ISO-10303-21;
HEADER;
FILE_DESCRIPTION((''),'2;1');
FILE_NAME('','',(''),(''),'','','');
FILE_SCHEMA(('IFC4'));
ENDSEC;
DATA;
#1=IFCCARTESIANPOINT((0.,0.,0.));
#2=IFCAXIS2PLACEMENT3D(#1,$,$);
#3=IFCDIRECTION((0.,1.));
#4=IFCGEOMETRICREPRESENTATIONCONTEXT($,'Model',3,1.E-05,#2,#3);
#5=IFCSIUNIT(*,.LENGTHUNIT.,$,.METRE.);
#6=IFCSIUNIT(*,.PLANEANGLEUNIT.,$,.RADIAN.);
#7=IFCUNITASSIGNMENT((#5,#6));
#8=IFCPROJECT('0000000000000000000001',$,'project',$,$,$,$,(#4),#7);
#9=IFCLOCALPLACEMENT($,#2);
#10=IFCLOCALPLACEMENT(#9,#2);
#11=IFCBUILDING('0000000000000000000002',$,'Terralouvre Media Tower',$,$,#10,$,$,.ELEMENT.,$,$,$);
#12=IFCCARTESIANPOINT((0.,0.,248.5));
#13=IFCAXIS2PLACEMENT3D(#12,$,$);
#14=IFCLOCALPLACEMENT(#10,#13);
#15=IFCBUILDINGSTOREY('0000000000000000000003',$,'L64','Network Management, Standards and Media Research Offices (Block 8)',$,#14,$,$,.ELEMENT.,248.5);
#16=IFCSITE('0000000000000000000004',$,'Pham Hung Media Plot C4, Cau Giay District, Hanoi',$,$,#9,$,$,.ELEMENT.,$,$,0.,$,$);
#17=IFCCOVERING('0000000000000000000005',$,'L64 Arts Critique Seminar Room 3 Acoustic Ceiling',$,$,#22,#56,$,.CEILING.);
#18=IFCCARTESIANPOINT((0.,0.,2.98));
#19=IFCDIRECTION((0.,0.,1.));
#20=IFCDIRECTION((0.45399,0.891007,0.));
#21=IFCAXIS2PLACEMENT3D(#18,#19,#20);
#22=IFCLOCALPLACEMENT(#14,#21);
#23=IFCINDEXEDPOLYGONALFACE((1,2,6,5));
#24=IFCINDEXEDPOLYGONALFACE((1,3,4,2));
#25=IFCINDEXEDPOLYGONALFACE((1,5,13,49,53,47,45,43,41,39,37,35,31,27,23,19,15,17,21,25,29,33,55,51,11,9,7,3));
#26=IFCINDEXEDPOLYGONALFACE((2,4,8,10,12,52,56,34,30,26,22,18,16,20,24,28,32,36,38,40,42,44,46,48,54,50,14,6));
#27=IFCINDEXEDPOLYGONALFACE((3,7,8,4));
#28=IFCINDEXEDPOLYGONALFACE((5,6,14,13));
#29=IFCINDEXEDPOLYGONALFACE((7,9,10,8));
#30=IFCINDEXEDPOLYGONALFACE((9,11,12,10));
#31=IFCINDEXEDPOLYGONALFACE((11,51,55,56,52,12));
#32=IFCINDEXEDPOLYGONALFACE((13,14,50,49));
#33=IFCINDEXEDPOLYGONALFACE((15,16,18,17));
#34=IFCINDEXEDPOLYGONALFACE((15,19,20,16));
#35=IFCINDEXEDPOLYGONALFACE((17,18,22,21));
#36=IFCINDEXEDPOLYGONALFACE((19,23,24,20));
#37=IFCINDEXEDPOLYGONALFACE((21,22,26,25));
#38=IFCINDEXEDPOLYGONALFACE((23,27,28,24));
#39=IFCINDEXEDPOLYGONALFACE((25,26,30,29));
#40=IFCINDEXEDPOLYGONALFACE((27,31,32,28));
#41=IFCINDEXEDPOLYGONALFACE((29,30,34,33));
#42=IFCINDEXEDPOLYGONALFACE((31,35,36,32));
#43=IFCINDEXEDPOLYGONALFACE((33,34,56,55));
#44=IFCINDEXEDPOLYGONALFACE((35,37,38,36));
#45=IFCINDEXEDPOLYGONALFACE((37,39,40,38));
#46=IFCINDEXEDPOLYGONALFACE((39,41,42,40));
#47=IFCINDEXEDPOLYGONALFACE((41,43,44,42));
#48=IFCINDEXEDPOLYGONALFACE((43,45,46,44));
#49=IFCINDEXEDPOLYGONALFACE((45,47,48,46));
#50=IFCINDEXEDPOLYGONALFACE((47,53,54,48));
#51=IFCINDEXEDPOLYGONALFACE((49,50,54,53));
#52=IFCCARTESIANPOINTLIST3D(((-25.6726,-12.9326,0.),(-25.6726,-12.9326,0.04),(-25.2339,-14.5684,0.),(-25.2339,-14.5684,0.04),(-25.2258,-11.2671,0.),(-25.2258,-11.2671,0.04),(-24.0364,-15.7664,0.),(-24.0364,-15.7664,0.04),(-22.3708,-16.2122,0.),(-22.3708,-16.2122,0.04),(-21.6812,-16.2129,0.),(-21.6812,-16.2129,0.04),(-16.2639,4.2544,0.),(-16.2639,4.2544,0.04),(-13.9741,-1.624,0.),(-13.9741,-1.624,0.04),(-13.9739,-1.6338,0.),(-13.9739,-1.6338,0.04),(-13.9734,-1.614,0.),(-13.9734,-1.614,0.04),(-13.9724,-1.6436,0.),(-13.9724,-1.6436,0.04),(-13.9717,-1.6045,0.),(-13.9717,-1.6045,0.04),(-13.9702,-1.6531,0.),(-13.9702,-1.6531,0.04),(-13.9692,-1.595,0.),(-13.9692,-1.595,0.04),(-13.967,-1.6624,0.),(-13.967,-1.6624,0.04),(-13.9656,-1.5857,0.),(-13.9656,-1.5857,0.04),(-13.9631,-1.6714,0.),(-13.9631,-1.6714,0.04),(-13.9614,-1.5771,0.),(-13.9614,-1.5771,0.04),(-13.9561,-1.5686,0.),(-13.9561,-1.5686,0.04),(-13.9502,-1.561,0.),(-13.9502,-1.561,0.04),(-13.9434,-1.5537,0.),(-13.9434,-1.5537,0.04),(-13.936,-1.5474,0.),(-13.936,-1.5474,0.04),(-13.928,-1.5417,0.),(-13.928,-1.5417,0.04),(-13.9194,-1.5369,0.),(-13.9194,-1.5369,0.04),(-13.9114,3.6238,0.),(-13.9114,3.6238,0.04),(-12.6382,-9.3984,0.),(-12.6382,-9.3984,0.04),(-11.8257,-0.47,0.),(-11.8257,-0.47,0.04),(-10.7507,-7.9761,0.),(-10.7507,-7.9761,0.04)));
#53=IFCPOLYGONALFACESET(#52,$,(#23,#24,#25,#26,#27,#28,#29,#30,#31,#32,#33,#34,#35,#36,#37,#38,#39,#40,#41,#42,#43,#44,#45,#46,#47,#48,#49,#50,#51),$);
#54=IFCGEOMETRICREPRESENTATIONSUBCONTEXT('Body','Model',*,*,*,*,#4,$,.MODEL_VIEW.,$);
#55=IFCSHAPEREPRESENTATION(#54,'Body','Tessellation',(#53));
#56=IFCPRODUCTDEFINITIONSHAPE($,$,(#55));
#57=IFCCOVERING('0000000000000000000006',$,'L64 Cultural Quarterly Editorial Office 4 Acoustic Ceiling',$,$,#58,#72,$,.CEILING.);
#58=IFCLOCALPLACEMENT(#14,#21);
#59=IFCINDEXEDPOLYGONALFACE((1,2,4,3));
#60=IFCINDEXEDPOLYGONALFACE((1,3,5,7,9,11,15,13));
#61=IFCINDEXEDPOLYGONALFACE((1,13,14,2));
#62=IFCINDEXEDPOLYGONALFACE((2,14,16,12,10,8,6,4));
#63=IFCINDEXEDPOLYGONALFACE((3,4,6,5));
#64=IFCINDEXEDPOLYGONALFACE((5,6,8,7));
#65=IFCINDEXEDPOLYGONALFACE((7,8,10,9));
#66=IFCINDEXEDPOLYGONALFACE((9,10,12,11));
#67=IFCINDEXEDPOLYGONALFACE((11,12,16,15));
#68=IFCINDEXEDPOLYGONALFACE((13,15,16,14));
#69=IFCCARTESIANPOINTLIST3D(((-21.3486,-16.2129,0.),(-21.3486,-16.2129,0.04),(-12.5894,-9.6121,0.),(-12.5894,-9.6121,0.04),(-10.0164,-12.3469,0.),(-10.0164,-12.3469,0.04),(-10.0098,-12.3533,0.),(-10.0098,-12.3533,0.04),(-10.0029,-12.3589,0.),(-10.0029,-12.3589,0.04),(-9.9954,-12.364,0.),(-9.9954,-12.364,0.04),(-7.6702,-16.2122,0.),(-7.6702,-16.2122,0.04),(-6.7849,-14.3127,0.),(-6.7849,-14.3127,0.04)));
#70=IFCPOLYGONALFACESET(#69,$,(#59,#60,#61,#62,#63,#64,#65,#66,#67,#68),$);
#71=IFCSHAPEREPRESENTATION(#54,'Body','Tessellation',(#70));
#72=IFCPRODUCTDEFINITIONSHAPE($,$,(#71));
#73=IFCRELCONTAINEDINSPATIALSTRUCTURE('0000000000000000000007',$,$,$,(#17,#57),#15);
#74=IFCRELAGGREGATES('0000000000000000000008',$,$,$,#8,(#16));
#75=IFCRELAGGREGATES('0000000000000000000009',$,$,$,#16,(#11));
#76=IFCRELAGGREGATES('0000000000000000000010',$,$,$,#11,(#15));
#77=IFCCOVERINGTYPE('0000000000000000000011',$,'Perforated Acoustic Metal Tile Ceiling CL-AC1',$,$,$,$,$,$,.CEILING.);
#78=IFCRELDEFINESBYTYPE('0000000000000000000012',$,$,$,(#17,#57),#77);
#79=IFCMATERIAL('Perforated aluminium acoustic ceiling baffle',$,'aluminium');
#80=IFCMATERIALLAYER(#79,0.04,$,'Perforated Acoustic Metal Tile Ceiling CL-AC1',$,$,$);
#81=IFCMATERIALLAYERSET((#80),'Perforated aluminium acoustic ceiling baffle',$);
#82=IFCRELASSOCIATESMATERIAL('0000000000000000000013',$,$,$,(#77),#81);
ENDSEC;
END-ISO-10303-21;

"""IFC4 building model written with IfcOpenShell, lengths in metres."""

from ifc_helpers import new_model, si_unit, direction, frame, origin, place, context, subcontext, project, spatial, polyline, outline, extrude, material, layer, layer_set, type_object, element, save


model = new_model("IFC4")

# Units and contexts
model_context = context("Model", 3, precision=1e-05, world=origin(), true_north=direction((0.0, 1.0)))
body_context = subcontext(model_context, "Body", "Model", "MODEL_VIEW")
ifc_project = project(units=[si_unit("LENGTHUNIT", "METRE"), si_unit("PLANEANGLEUNIT", "RADIAN")], contexts=[model_context])

# Site, building, storey
site_placement = place(None, origin())
site = spatial("IfcSite", under=ifc_project, at=site_placement, Name="Pham Hung Media Plot C4, Cau Giay District, Hanoi", CompositionType="ELEMENT", RefElevation=0.0)
building_placement = place(site_placement, origin())
building = spatial("IfcBuilding", under=site, at=building_placement, Name="Terralouvre Media Tower", CompositionType="ELEMENT")
storey_placement = place(building_placement, frame((0.0, 0.0, 248.5)))
storey = spatial("IfcBuildingStorey", under=building, at=storey_placement, Name="L64", Description="Network Management, Standards and Media Research Offices (Block 8)", CompositionType="ELEMENT", Elevation=248.5)

# Coverings
ifc_material_1 = material(Name="Perforated aluminium acoustic ceiling baffle", Category="aluminium")
ifc_layer_1 = layer(ifc_material_1, 0.04, Name="Perforated Acoustic Metal Tile Ceiling CL-AC1")
ifc_layer_set_1 = layer_set([ifc_layer_1], Name="Perforated aluminium acoustic ceiling baffle")
covering_type_1 = type_object("IfcCoveringType", Name="Perforated Acoustic Metal Tile Ceiling CL-AC1", PredefinedType="CEILING", material=ifc_layer_set_1)
covering_1_placement = place(storey_placement, frame((0.0, 0.0, 2.98), z_axis=(0.0, 0.0, 1.0), x_axis=(0.45399, 0.891007, 0.0)))
element("IfcCovering", 1, at=covering_1_placement, inside=storey, type_object=covering_type_1, Name="L64 Arts Critique Seminar Room 3 Acoustic Ceiling", PredefinedType="CEILING", context=body_context, shape_type="SweptSolid", body=[
    extrude(outline(polyline([(-10.7507, -7.9761), (-13.9631, -1.6714), (-13.967, -1.6624), (-13.9702, -1.6531), (-13.9724, -1.6436), (-13.9739, -1.6338), (-13.9741, -1.624), (-13.9734, -1.614), (-13.9717, -1.6045), (-13.9692, -1.595), (-13.9656, -1.5857), (-13.9614, -1.5771), (-13.9561, -1.5686), (-13.9502, -1.561), (-13.9434, -1.5537), (-13.936, -1.5474), (-13.928, -1.5417), (-13.9194, -1.5369), (-11.8257, -0.47), (-13.9114, 3.6238), (-16.2639, 4.2544), (-25.2258, -11.2671), (-25.6726, -12.9326), (-25.2339, -14.5684), (-24.0364, -15.7664), (-22.3708, -16.2122), (-21.6812, -16.2129), (-12.6382, -9.3984), (-10.7507, -7.9761)])), origin(), (0.0, 0.0, 1.0), 0.04),
])
covering_2_placement = place(storey_placement, frame((0.0, 0.0, 2.98), z_axis=(0.0, 0.0, 1.0), x_axis=(0.45399, 0.891007, 0.0)))
element("IfcCovering", 2, at=covering_2_placement, inside=storey, type_object=covering_type_1, Name="L64 Cultural Quarterly Editorial Office 4 Acoustic Ceiling", PredefinedType="CEILING", context=body_context, shape_type="SweptSolid", body=[
    extrude(outline(polyline([(-9.9954, -12.364), (-10.0029, -12.3589), (-10.0098, -12.3533), (-10.0164, -12.3469), (-12.5894, -9.6121), (-21.3486, -16.2129), (-7.6702, -16.2122), (-6.7849, -14.3127), (-9.9954, -12.364)])), origin(), (0.0, 0.0, 1.0), 0.04),
])

save(model, "model.ifc")
